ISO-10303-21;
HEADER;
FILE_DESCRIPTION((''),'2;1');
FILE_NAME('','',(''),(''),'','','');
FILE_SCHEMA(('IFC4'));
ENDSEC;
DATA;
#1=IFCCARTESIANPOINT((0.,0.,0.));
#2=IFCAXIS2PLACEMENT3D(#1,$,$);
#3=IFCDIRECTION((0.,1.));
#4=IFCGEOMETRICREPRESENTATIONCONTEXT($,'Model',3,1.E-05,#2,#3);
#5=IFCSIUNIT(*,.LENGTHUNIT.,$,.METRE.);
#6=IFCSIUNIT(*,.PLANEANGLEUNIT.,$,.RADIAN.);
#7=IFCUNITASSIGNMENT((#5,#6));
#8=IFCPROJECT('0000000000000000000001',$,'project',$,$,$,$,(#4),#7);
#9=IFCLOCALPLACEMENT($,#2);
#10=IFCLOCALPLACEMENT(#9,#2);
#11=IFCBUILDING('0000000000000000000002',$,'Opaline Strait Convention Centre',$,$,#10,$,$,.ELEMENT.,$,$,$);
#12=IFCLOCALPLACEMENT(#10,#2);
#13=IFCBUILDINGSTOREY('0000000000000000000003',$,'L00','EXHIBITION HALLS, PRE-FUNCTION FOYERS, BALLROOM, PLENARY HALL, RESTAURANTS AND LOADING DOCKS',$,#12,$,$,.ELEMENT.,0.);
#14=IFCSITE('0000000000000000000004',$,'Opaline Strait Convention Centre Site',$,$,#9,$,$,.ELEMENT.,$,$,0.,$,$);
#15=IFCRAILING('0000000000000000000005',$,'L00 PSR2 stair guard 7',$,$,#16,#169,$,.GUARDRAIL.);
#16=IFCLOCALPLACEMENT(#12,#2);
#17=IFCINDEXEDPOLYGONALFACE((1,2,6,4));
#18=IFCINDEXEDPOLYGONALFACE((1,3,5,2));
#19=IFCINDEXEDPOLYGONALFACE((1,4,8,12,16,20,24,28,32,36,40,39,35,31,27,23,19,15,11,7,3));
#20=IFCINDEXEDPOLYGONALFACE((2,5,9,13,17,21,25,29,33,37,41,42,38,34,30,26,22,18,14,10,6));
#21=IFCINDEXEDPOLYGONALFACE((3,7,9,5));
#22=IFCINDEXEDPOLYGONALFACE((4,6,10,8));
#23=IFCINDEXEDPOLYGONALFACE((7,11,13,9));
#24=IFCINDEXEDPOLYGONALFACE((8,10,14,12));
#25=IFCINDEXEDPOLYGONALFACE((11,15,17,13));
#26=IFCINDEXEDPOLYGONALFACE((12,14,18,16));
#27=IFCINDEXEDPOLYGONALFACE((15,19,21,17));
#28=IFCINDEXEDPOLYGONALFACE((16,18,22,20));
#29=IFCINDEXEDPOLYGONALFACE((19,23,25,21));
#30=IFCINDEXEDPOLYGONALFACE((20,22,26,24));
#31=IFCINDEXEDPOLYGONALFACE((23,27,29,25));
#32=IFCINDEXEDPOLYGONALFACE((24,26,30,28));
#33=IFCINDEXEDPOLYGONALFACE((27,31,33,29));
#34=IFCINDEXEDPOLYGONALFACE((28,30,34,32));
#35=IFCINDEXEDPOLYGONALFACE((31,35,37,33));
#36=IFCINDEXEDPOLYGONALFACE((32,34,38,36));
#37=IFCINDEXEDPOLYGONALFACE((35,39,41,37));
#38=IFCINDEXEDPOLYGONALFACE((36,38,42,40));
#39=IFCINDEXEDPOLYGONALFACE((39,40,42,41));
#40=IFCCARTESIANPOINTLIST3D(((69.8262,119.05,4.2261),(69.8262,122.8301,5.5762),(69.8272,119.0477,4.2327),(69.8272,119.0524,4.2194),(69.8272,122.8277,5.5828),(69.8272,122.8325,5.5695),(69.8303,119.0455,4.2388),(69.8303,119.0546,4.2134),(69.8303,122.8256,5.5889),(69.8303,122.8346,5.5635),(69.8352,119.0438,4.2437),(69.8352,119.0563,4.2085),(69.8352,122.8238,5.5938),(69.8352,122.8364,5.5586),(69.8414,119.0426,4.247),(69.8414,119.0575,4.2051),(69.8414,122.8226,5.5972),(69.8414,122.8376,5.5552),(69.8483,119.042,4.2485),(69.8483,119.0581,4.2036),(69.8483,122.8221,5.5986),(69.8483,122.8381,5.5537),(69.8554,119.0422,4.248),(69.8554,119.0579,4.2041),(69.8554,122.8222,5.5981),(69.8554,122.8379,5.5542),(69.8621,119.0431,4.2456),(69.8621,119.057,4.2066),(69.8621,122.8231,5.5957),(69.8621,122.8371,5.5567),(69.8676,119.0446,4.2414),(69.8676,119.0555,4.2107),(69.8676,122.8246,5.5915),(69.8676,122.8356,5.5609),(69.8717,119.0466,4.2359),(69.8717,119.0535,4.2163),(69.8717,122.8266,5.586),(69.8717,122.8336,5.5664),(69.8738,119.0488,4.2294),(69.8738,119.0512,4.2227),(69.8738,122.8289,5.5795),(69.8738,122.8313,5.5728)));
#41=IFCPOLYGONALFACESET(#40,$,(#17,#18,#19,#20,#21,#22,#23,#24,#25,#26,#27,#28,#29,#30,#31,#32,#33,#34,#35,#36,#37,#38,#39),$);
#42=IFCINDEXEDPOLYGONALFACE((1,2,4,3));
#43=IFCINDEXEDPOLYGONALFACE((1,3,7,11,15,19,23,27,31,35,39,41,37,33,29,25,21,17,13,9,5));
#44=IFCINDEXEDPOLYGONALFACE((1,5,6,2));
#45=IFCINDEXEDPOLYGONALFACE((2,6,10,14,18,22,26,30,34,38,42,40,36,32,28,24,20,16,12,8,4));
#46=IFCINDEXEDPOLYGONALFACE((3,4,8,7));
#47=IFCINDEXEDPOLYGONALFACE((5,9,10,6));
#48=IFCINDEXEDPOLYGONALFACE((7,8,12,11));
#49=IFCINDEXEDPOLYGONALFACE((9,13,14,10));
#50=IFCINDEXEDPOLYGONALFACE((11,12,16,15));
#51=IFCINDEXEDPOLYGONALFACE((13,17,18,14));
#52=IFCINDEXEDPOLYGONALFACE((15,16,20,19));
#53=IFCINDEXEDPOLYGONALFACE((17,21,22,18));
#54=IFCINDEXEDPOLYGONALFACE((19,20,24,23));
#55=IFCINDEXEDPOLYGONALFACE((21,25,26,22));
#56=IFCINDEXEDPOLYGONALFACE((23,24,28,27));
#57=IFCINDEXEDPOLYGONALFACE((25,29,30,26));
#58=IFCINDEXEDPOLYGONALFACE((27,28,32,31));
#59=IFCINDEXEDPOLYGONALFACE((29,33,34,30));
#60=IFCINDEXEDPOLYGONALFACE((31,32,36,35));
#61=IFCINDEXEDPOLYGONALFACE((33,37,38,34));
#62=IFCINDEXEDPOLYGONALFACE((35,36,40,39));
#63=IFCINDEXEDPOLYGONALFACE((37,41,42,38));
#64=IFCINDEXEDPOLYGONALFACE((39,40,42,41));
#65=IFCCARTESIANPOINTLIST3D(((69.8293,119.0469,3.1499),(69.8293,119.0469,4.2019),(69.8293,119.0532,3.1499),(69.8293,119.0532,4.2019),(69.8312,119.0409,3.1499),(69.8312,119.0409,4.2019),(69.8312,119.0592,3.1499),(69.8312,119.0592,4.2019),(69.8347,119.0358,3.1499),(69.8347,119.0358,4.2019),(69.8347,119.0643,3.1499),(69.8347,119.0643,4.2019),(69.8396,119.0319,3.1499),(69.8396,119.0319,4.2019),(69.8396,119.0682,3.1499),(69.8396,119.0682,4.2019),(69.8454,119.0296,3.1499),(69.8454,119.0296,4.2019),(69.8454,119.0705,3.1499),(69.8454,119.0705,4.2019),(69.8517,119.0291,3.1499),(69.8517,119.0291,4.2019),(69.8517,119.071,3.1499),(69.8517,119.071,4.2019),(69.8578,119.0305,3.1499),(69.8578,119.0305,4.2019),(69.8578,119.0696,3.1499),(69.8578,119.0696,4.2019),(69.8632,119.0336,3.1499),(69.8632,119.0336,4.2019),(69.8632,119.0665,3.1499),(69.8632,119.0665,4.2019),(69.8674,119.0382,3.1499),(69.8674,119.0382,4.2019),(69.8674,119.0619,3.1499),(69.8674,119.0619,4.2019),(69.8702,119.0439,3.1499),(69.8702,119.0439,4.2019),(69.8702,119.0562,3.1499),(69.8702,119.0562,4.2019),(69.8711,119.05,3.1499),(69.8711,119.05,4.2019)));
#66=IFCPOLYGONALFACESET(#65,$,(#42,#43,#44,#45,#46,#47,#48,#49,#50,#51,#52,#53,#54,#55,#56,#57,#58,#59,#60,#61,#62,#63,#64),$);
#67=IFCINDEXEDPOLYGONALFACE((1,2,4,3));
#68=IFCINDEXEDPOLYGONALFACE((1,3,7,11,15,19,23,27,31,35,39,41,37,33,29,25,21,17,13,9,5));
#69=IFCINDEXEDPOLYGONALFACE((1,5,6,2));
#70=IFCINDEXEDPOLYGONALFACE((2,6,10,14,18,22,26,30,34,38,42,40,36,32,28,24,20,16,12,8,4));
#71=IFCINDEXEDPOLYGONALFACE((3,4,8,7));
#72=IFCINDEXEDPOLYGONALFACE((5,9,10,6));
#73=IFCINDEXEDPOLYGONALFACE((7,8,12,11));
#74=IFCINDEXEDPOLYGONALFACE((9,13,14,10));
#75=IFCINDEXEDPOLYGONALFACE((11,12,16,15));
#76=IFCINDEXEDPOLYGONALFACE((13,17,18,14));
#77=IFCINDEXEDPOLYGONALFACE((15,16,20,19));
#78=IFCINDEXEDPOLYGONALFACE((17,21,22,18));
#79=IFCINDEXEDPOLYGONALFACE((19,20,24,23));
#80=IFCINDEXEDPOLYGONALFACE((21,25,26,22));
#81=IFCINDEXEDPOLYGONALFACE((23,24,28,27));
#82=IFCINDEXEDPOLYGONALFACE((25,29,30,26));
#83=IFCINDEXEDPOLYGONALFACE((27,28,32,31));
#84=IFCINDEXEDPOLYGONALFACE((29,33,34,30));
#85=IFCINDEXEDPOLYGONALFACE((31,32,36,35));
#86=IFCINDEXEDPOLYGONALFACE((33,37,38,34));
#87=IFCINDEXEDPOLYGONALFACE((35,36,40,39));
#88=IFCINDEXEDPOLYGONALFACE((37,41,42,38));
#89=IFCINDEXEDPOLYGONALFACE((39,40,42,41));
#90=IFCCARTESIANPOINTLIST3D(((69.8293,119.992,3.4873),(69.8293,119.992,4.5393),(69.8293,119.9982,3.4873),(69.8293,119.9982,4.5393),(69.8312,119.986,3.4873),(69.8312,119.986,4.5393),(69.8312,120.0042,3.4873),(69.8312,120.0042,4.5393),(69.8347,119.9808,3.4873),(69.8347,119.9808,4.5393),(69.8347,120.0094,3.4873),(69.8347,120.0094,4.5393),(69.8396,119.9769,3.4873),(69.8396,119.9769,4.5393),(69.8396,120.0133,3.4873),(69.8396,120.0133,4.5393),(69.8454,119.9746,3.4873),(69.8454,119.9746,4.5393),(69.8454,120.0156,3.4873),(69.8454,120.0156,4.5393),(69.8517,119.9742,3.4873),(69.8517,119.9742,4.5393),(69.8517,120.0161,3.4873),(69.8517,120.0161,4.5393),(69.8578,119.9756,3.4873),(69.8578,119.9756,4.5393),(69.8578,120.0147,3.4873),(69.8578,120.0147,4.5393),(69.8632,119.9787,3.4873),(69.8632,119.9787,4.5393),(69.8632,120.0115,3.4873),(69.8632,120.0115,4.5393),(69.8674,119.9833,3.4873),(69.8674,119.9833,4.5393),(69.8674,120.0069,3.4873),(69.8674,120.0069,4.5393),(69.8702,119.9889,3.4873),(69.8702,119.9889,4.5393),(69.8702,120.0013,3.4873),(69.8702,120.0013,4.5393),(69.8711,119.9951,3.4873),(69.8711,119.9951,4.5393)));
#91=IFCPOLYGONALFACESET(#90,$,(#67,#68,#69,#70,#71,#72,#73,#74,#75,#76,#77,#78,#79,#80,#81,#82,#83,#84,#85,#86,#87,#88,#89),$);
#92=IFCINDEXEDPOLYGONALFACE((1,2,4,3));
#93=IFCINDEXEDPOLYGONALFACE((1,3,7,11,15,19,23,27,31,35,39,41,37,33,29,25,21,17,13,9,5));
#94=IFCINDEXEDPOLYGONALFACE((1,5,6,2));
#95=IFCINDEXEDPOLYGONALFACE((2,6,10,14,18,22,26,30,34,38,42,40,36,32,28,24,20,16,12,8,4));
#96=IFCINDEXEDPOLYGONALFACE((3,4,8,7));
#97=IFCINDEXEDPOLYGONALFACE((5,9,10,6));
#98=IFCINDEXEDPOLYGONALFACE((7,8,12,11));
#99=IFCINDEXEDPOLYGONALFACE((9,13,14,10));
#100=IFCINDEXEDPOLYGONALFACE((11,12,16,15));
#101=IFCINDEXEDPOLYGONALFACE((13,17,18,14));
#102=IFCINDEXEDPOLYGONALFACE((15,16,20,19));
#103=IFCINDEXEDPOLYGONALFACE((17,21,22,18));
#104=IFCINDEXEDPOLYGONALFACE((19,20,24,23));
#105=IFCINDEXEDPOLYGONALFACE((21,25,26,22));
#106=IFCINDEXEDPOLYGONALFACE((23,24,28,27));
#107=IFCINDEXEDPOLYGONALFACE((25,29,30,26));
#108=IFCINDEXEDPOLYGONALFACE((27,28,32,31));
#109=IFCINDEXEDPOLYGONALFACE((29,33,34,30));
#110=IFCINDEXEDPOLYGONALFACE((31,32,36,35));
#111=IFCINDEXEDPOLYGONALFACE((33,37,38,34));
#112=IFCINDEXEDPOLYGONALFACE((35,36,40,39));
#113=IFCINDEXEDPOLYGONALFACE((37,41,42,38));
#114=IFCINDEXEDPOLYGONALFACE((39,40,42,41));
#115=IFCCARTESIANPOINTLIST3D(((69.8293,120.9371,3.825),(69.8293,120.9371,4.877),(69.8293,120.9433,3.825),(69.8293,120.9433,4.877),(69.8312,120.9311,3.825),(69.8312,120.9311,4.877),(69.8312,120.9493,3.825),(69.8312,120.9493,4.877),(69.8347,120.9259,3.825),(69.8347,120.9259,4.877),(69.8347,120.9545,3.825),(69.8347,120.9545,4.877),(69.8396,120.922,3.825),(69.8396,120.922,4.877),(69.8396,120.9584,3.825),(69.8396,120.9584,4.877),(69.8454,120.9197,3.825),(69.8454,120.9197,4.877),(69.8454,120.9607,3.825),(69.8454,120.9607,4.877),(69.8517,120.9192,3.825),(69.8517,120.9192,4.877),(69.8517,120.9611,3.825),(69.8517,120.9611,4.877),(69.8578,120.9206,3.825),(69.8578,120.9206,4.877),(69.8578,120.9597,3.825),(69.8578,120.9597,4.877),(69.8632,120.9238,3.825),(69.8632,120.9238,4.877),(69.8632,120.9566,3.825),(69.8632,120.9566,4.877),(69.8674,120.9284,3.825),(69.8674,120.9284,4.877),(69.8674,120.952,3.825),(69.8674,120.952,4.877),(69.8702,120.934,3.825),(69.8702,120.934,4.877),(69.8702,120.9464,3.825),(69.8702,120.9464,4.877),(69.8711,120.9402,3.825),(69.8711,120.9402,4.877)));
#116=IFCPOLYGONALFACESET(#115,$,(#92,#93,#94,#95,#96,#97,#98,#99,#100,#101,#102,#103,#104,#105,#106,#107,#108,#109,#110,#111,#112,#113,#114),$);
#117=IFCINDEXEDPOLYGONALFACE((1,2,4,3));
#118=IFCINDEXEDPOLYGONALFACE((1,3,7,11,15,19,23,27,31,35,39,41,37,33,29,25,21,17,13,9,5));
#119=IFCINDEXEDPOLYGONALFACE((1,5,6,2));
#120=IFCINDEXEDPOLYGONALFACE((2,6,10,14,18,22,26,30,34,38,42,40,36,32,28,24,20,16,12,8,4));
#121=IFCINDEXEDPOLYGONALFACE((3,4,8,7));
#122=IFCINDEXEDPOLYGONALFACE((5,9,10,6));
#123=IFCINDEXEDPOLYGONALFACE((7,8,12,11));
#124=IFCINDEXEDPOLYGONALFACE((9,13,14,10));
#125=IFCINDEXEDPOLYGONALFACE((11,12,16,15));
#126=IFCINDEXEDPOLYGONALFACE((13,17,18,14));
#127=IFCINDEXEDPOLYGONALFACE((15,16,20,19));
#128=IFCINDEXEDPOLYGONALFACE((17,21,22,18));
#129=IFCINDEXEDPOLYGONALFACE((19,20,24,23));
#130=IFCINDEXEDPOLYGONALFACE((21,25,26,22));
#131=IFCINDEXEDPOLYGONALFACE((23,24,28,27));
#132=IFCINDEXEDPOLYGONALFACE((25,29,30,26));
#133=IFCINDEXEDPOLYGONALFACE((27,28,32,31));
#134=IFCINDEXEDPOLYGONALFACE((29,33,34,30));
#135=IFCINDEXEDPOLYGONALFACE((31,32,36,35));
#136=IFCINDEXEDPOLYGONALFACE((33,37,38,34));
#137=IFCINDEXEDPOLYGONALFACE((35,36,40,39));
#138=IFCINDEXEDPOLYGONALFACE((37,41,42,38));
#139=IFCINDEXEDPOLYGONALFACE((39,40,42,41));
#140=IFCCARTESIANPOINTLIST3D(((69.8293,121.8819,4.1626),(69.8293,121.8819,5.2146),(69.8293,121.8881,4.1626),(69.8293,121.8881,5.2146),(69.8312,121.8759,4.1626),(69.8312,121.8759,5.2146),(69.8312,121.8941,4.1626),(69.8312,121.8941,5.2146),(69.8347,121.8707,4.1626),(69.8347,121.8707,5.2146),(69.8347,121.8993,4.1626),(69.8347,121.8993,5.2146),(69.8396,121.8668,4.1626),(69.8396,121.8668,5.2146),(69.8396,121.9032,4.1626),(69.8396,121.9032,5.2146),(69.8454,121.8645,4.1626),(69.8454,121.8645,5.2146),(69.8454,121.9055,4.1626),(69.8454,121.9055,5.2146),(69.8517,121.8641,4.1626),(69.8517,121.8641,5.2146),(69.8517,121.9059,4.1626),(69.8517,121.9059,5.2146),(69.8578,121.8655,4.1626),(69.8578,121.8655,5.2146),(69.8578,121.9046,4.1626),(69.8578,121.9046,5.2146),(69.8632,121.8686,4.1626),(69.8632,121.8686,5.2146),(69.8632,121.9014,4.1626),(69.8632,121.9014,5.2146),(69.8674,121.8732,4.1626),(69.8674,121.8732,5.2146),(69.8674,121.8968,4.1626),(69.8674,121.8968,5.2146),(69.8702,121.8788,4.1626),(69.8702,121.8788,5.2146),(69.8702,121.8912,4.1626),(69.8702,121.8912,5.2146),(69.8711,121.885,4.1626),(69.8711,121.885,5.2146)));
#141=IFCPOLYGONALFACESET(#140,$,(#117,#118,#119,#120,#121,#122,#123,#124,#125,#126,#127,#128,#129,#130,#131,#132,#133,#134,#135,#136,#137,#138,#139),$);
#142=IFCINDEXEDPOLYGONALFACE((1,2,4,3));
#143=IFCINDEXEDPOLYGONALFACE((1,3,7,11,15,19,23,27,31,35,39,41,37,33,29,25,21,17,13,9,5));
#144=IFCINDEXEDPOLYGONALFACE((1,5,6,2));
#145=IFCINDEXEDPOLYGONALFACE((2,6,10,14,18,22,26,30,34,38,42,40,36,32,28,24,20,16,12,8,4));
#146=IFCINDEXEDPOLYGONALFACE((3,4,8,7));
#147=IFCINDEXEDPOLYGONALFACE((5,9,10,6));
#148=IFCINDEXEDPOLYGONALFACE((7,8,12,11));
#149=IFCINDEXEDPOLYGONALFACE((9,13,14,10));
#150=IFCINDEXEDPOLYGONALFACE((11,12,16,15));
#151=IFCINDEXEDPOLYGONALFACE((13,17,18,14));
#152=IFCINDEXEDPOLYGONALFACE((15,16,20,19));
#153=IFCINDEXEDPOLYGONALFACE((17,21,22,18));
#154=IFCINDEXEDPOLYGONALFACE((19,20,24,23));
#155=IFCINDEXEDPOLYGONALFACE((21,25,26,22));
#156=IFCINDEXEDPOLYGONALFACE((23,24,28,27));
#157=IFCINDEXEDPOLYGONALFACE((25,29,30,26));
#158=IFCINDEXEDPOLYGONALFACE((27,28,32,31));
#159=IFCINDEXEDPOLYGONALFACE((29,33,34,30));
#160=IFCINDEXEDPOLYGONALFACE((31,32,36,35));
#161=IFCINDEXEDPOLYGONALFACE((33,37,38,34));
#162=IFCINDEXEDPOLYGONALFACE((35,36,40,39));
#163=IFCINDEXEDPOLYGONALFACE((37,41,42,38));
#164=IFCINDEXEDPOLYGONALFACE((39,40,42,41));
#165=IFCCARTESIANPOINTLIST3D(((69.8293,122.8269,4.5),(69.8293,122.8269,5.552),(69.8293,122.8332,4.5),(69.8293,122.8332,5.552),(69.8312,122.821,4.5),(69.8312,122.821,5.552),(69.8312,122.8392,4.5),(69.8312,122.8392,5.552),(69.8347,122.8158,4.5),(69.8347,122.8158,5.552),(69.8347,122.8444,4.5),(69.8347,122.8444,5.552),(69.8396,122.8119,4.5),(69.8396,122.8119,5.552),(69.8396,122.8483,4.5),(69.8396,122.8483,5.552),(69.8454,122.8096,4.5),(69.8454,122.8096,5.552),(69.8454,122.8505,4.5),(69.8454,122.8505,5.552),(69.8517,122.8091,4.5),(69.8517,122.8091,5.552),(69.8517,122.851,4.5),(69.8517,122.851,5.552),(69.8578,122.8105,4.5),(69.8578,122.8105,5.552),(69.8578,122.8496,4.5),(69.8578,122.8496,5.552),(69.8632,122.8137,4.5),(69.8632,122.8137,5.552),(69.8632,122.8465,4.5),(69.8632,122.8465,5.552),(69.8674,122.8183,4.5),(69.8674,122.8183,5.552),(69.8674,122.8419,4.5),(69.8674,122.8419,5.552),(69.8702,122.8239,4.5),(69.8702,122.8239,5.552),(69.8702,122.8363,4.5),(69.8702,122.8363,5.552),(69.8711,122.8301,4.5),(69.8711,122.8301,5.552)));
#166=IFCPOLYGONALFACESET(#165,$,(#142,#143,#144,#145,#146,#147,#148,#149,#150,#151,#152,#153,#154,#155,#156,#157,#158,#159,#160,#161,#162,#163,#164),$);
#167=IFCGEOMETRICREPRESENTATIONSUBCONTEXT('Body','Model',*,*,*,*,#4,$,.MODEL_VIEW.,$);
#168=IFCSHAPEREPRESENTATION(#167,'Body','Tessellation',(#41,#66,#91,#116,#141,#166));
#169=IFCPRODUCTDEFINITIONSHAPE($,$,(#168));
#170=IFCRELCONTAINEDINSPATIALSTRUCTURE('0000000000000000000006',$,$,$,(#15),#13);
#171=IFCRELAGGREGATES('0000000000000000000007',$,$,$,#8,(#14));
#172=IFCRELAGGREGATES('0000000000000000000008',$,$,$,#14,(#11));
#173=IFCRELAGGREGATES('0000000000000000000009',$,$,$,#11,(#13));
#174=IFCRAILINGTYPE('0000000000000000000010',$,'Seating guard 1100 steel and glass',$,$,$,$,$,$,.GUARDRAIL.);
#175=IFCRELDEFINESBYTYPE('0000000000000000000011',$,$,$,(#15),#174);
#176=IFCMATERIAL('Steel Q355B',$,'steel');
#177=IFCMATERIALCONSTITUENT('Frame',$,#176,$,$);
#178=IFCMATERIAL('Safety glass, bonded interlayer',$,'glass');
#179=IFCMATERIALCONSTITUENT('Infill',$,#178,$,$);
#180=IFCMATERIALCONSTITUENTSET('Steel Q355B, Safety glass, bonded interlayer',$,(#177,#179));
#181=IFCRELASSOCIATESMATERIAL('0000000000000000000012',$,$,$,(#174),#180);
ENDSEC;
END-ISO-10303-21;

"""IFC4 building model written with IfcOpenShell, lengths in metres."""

from ifc_helpers import new_model, si_unit, direction, frame, origin, origin_2d, place, context, subcontext, project, spatial, circle, extrude, material, constituent, constituent_set, type_object, element, save


model = new_model("IFC4")

# Units and contexts
model_context = context("Model", 3, precision=1e-05, world=origin(), true_north=direction((0.0, 1.0)))
body_context = subcontext(model_context, "Body", "Model", "MODEL_VIEW")
ifc_project = project(units=[si_unit("LENGTHUNIT", "METRE"), si_unit("PLANEANGLEUNIT", "RADIAN")], contexts=[model_context])

# Site, building, storey
site_placement = place(None, origin())
site = spatial("IfcSite", under=ifc_project, at=site_placement, Name="Opaline Strait Convention Centre Site", CompositionType="ELEMENT", RefElevation=0.0)
building_placement = place(site_placement, origin())
building = spatial("IfcBuilding", under=site, at=building_placement, Name="Opaline Strait Convention Centre", CompositionType="ELEMENT")
storey_placement = place(building_placement, origin())
storey = spatial("IfcBuildingStorey", under=building, at=storey_placement, Name="L00", Description="EXHIBITION HALLS, PRE-FUNCTION FOYERS, BALLROOM, PLENARY HALL, RESTAURANTS AND LOADING DOCKS", CompositionType="ELEMENT", Elevation=0.0)

# Railing
ifc_material_1 = material(Name="Steel Q355B", Category="steel")
ifc_constituent_1 = constituent(ifc_material_1, Name="Frame")
ifc_material_2 = material(Name="Safety glass, bonded interlayer", Category="glass")
ifc_constituent_2 = constituent(ifc_material_2, Name="Infill")
ifc_constituent_set = constituent_set(constituents=[ifc_constituent_1, ifc_constituent_2], Name="Steel Q355B, Safety glass, bonded interlayer")
railing_type_1 = type_object("IfcRailingType", Name="Seating guard 1100 steel and glass", PredefinedType="GUARDRAIL", material=ifc_constituent_set)
railing_1_placement = place(storey_placement, frame((69.8501, 119.05, 3.1499)))
element("IfcRailing", 1, at=railing_1_placement, inside=storey, type_object=railing_type_1, Name="L00 PSR2 stair guard 7", PredefinedType="GUARDRAIL", context=body_context, shape_type="SweptSolid", body=[
    extrude(circle(Radius=0.0239, at=origin_2d()), frame((0.0, 0.0, 1.0762), z_axis=(0.0, 0.941735, 0.336356), x_axis=(-1.0, 0.0, 0.0)), (0.0, 0.0, 1.0), 4.0139),
    extrude(circle(Radius=0.021, at=origin_2d()), origin(), (0.0, 0.0, 1.0), 1.052),
    extrude(circle(Radius=0.021, at=origin_2d()), frame((0.0, 0.9451, 0.3374)), (0.0, 0.0, 1.0), 1.052),
    extrude(circle(Radius=0.021, at=origin_2d()), frame((0.0, 1.8901, 0.675)), (0.0, 0.0, 1.0), 1.052),
    extrude(circle(Radius=0.021, at=origin_2d()), frame((0.0, 2.835, 1.0127)), (0.0, 0.0, 1.0), 1.052),
    extrude(circle(Radius=0.021, at=origin_2d()), frame((0.0, 3.78, 1.3501)), (0.0, 0.0, 1.0), 1.052),
])

save(model, "model.ifc")
